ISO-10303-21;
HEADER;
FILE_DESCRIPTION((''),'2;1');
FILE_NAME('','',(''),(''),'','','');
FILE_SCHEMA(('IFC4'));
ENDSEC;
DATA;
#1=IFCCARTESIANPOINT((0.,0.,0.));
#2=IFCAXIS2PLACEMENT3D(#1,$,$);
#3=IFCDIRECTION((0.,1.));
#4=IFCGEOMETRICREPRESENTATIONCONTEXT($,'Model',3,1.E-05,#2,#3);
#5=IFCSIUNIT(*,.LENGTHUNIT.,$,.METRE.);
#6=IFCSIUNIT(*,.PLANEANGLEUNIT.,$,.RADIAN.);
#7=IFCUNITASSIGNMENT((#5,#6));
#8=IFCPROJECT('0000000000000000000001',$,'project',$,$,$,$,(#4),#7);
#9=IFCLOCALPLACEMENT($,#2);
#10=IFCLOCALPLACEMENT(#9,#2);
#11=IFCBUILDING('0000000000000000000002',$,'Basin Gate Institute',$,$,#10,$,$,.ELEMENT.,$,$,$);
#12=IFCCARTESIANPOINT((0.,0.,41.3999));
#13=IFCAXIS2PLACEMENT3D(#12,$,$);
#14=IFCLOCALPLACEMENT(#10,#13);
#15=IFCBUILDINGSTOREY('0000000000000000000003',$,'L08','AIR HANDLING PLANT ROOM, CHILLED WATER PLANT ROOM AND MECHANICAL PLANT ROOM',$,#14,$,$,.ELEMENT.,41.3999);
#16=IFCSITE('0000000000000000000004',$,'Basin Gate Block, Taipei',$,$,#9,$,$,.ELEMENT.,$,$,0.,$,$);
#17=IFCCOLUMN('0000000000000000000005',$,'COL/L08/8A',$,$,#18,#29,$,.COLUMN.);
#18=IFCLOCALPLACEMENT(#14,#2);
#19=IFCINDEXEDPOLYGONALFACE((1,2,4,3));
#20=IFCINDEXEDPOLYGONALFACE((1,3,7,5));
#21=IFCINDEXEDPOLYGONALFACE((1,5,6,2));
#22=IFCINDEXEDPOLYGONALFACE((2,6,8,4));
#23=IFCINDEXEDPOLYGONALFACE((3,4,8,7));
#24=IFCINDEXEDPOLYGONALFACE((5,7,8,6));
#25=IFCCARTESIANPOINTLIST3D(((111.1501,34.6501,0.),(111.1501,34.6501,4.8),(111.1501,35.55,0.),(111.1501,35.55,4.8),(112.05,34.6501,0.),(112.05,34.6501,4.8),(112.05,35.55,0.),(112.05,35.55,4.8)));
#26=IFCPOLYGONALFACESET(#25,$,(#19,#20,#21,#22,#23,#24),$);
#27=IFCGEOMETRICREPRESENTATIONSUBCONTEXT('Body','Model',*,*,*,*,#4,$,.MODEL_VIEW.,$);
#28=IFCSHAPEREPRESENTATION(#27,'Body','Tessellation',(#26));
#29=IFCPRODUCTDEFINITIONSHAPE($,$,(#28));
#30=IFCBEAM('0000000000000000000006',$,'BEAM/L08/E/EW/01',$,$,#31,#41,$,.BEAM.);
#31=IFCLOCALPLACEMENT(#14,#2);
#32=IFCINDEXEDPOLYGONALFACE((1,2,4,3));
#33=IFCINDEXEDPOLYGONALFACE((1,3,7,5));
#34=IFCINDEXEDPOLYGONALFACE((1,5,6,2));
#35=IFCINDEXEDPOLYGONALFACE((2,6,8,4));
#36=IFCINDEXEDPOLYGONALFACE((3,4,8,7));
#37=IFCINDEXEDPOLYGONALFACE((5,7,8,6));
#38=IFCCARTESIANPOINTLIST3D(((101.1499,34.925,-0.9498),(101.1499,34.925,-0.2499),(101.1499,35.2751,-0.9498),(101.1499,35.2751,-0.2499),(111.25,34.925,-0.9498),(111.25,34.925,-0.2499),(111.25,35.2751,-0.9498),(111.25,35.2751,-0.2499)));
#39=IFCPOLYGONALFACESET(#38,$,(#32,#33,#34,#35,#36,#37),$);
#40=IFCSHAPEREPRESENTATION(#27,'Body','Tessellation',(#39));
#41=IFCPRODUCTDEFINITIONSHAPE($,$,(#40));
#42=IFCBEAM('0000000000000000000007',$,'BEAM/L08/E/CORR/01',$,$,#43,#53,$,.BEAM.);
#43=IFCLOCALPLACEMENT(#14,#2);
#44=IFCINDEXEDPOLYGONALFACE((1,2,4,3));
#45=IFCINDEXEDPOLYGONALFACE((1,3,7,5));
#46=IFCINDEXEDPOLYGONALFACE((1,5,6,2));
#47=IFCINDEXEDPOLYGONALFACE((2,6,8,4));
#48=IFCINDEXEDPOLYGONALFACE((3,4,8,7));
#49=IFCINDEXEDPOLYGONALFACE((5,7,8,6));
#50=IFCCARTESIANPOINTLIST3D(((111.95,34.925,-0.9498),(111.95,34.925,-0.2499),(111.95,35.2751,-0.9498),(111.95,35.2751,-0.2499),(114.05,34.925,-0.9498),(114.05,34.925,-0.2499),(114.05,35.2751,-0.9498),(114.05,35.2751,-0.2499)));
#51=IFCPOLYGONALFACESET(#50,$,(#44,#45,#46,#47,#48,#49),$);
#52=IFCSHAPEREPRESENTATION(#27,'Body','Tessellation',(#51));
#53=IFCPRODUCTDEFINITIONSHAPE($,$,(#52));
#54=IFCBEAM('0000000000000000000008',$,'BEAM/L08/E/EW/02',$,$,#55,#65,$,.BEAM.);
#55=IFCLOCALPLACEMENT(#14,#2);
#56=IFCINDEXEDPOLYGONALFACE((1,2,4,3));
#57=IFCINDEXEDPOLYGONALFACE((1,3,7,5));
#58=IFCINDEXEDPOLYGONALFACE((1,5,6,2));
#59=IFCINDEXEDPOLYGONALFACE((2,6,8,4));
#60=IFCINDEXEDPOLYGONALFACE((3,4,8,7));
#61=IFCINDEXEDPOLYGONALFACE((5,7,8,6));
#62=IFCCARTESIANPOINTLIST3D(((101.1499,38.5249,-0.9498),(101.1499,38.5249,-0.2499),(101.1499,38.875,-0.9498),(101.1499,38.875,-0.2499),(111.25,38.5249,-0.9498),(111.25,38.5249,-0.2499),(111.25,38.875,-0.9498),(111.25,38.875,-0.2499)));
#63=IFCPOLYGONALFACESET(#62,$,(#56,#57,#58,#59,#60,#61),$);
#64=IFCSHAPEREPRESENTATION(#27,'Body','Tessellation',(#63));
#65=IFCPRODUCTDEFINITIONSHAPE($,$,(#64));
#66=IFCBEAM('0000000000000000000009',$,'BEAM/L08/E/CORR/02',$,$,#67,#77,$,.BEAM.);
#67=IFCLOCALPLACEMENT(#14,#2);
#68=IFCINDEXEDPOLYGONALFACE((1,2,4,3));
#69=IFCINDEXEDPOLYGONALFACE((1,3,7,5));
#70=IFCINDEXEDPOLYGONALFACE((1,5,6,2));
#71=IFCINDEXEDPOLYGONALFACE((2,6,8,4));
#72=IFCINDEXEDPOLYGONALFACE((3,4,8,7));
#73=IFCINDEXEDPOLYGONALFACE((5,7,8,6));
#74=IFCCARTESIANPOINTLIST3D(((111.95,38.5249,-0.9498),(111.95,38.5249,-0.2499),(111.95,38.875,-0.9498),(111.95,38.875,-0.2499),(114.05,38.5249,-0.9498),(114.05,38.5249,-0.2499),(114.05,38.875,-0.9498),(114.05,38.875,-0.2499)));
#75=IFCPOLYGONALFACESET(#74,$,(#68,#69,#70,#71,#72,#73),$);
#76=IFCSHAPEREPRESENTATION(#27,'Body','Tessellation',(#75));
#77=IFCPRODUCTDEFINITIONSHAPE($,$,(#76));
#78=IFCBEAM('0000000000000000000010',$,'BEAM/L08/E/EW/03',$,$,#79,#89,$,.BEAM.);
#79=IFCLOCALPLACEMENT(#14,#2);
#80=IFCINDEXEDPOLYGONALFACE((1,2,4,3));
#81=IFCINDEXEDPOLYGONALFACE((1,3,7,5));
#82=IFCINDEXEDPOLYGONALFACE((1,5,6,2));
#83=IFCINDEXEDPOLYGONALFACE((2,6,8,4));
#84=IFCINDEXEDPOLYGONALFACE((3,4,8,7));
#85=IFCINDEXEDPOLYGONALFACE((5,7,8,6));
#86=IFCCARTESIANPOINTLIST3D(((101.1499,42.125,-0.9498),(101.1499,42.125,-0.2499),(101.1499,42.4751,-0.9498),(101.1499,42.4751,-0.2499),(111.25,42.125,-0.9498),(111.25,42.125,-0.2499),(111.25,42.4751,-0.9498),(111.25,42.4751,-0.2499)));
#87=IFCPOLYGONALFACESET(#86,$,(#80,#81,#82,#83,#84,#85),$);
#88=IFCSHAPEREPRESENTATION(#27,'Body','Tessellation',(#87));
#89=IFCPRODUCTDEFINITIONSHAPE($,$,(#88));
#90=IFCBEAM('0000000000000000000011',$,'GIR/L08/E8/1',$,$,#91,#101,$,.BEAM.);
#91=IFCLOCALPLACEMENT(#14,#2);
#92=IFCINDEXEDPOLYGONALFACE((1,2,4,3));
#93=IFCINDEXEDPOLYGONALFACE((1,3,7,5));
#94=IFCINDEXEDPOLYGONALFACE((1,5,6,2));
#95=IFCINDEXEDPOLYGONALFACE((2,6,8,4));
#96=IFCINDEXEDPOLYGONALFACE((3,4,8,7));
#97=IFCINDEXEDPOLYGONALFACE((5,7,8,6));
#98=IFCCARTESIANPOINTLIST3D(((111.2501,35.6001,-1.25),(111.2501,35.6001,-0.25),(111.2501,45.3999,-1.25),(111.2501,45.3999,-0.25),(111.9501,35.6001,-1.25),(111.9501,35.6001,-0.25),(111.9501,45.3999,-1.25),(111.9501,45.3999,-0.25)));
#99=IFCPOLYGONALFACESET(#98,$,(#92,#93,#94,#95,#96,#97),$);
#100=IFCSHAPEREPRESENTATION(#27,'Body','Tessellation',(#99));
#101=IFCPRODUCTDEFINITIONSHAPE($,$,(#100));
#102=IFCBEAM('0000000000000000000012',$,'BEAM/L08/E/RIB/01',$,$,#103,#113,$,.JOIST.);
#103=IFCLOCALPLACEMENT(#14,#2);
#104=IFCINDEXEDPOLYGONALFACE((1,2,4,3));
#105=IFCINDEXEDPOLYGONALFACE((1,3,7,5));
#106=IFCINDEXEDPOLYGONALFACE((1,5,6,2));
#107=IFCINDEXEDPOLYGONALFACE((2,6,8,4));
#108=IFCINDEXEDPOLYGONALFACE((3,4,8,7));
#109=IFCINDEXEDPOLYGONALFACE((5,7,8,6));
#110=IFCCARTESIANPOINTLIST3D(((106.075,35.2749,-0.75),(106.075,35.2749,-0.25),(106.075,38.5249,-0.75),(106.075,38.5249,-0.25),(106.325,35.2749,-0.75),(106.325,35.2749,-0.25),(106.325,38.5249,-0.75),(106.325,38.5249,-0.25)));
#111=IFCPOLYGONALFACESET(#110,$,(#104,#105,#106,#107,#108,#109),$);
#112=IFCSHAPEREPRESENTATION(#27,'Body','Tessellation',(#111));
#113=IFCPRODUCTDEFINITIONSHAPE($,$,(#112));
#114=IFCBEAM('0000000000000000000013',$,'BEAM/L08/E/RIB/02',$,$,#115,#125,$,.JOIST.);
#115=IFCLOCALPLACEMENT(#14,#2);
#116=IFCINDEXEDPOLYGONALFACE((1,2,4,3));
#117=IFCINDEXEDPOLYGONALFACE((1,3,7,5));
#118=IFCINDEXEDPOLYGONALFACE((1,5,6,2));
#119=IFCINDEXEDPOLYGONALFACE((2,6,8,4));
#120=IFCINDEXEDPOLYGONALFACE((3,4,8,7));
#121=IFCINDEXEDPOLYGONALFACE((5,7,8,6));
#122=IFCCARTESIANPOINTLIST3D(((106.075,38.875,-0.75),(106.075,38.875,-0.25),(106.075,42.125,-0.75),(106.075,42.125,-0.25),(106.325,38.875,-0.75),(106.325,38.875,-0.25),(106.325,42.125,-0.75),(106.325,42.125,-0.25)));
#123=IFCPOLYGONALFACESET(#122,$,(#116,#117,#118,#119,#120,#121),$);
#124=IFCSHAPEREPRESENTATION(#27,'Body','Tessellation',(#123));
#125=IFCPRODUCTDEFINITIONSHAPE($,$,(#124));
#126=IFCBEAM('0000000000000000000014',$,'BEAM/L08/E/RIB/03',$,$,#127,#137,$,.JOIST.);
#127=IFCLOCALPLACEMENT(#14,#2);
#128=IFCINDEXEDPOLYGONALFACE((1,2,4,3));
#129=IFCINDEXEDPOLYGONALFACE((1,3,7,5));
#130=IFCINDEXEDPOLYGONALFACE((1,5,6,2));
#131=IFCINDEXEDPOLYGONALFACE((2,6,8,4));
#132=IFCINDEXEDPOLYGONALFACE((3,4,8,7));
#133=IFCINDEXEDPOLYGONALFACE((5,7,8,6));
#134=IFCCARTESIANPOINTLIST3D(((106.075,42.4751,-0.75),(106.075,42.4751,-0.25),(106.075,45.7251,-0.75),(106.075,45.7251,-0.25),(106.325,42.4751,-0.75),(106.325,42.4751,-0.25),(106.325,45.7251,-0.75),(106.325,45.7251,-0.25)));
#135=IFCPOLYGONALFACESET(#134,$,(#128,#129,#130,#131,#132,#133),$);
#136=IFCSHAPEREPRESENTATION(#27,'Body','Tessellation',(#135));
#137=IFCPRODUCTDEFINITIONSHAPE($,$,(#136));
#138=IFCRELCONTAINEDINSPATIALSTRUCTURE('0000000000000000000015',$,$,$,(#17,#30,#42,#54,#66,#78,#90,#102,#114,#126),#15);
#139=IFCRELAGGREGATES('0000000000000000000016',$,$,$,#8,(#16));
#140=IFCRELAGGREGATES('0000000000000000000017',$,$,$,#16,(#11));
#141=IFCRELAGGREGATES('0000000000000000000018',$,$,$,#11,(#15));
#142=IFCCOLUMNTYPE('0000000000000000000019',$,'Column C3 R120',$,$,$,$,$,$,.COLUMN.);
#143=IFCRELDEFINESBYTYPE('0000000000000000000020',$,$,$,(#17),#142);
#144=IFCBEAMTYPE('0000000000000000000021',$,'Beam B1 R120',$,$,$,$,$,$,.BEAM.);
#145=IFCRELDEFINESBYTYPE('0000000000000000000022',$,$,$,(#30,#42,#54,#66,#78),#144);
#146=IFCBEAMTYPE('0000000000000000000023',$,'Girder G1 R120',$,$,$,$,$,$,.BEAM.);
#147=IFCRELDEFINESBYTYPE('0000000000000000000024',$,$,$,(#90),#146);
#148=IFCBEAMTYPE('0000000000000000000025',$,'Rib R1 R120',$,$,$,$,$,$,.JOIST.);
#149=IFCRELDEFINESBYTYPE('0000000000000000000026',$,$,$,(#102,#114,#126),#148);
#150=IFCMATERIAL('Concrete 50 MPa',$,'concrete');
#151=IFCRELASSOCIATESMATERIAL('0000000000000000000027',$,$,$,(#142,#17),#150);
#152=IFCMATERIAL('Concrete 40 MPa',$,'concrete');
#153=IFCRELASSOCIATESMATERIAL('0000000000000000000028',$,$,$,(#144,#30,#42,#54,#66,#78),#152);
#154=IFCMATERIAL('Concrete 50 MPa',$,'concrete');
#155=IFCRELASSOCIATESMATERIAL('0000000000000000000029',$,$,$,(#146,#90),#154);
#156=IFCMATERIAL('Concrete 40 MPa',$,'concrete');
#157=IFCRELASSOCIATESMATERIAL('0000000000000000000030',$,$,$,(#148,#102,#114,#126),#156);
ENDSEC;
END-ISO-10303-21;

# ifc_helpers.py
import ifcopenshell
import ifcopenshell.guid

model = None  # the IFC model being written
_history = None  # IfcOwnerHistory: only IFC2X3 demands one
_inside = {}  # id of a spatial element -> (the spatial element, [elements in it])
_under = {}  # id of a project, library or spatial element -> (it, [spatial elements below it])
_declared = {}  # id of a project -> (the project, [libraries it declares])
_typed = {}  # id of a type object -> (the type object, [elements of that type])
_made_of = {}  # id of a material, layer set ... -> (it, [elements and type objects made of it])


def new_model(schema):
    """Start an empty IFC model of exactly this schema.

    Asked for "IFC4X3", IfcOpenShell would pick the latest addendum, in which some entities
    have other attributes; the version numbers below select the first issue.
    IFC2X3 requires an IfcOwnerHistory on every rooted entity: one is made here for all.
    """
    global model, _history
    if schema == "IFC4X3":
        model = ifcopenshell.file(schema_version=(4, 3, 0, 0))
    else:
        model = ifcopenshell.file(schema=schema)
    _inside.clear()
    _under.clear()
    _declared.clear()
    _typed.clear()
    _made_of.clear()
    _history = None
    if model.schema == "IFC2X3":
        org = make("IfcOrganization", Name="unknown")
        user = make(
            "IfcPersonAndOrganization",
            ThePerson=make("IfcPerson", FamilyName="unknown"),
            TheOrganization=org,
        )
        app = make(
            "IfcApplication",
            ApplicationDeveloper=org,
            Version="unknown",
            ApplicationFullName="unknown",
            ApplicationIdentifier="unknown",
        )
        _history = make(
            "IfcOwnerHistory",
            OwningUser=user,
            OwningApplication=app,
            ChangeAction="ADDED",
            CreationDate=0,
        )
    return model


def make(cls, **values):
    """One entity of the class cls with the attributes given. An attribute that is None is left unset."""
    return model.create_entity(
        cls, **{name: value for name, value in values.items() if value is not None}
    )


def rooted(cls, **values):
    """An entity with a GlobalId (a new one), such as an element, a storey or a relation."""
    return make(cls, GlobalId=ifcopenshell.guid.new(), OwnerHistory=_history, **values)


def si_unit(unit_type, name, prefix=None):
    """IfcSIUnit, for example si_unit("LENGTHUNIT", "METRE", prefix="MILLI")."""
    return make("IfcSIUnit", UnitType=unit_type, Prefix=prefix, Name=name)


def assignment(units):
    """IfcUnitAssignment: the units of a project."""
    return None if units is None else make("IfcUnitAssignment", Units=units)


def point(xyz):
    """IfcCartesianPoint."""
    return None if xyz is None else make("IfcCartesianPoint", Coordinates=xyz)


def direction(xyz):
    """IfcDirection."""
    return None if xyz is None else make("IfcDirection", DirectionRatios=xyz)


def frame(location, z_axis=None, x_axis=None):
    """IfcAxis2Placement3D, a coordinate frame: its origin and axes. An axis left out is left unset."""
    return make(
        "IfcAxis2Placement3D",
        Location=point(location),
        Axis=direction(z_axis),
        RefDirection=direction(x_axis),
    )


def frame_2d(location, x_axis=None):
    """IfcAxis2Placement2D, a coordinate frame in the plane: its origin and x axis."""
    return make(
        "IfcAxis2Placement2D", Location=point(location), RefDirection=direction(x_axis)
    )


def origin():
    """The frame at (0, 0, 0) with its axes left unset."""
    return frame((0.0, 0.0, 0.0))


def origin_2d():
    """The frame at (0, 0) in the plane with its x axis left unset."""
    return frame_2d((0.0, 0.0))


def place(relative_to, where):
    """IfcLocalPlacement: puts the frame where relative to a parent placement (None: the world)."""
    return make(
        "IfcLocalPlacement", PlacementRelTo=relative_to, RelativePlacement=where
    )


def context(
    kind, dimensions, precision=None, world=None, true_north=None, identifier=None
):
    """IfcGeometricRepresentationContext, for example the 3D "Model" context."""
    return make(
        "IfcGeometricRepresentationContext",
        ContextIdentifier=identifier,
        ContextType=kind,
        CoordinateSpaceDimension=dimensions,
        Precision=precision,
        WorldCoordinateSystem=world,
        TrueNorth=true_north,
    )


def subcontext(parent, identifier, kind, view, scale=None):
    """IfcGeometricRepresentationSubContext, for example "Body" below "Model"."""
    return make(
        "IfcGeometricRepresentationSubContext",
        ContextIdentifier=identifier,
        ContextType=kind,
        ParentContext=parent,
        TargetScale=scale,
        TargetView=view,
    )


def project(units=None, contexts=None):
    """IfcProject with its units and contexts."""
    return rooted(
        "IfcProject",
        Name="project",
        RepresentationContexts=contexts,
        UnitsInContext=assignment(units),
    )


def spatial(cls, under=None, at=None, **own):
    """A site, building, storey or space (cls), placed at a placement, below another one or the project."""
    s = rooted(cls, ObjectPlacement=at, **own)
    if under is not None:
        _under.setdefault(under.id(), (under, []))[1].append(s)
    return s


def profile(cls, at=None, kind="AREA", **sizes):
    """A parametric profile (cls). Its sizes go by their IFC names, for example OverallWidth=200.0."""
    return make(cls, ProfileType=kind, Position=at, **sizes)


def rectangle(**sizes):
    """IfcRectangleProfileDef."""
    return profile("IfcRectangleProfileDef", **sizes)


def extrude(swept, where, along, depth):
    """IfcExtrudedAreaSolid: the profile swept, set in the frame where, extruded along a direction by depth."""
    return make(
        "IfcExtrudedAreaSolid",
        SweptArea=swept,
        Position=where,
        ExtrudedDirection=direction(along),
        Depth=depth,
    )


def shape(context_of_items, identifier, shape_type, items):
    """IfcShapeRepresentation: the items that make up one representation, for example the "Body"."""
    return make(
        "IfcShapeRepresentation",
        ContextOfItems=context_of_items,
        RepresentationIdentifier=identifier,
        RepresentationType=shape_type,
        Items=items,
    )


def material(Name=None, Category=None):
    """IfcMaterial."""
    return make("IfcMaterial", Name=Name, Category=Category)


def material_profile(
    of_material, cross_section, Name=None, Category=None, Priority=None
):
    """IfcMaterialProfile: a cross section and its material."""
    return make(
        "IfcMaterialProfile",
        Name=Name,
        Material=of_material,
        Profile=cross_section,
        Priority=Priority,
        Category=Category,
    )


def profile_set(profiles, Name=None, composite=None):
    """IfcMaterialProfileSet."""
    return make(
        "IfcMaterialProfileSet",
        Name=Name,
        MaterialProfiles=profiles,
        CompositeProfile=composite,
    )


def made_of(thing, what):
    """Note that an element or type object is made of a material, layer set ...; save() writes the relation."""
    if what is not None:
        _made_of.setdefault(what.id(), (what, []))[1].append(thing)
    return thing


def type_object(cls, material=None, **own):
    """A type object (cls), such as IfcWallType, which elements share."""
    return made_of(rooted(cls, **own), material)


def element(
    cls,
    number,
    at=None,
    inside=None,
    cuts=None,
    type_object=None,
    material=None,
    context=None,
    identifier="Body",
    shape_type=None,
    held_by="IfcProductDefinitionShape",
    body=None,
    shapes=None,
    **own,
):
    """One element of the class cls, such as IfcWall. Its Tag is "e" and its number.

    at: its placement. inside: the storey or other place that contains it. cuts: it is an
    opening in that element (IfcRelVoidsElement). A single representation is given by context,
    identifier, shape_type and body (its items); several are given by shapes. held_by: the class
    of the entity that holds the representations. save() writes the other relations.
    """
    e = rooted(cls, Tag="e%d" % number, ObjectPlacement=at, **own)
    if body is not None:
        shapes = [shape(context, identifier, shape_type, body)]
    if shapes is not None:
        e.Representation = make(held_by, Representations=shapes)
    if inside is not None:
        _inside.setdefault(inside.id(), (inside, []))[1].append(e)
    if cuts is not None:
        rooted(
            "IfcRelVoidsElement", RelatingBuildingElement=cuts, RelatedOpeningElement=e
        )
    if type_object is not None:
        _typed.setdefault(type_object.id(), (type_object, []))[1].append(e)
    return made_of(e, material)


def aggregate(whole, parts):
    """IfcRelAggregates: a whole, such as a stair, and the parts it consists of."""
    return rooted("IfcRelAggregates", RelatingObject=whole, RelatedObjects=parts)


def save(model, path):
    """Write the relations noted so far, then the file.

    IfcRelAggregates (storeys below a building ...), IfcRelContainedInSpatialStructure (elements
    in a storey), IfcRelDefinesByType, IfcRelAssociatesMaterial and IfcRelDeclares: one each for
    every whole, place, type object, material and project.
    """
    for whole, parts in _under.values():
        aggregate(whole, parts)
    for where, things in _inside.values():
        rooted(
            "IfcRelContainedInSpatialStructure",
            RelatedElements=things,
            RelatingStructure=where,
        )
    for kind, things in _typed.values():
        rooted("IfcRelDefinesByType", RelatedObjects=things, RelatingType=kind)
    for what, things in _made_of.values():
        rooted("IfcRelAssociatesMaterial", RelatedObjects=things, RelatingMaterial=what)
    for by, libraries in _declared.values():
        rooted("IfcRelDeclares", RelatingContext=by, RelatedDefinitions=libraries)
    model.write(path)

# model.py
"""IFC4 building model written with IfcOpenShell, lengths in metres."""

from ifc_helpers import new_model, si_unit, direction, frame, origin, origin_2d, place, context, subcontext, project, spatial, rectangle, extrude, material, material_profile, profile_set, type_object, element, save


model = new_model("IFC4")

# Units and contexts
model_context = context("Model", 3, precision=1e-05, world=origin(), true_north=direction((0.0, 1.0)))
body_context = subcontext(model_context, "Body", "Model", "MODEL_VIEW")
ifc_project = project(units=[si_unit("LENGTHUNIT", "METRE"), si_unit("PLANEANGLEUNIT", "RADIAN")], contexts=[model_context])

# Site, building, storey
site_placement = place(None, origin())
site = spatial("IfcSite", under=ifc_project, at=site_placement, Name="Basin Gate Block, Taipei", CompositionType="ELEMENT", RefElevation=0.0)
building_placement = place(site_placement, origin())
building = spatial("IfcBuilding", under=site, at=building_placement, Name="Basin Gate Institute", CompositionType="ELEMENT")
storey_placement = place(building_placement, frame((0.0, 0.0, 41.3999)))
storey = spatial("IfcBuildingStorey", under=building, at=storey_placement, Name="L08", Description="AIR HANDLING PLANT ROOM, CHILLED WATER PLANT ROOM AND MECHANICAL PLANT ROOM", CompositionType="ELEMENT", Elevation=41.3999)

# Column
ifc_material_1 = material(Name="Concrete 50 MPa", Category="concrete")
ifc_material_profile_1 = material_profile(ifc_material_1, rectangle(XDim=0.8999, YDim=0.8999, at=origin_2d()), Name="Column C3 900 x 900")
ifc_profile_set_1 = profile_set([ifc_material_profile_1], Name="Concrete 50 MPa")
column_type = type_object("IfcColumnType", Name="Column C3 R120", PredefinedType="COLUMN", material=ifc_profile_set_1)
column_placement = place(storey_placement, frame((111.6001, 35.1001, 0.0), z_axis=(0.0, 0.0, 1.0), x_axis=(1.0, 0.0, 0.0)))
element("IfcColumn", 1, at=column_placement, inside=storey, type_object=column_type, material=ifc_profile_set_1, Name="COL/L08/8A", PredefinedType="COLUMN", context=body_context, shape_type="SweptSolid", body=[
    extrude(rectangle(XDim=0.8999, YDim=0.8999, at=origin_2d()), origin(), (0.0, 0.0, 1.0), 4.8),
])

# Beams
ifc_material_2 = material(Name="Concrete 40 MPa", Category="concrete")
ifc_material_profile_2 = material_profile(ifc_material_2, rectangle(XDim=0.3501, YDim=0.7, at=origin_2d()), Name="Beam B1 350 x 700")
ifc_profile_set_2 = profile_set([ifc_material_profile_2], Name="Concrete 40 MPa")
beam_type_1 = type_object("IfcBeamType", Name="Beam B1 R120", PredefinedType="BEAM", material=ifc_profile_set_2)
beam_1_placement = place(storey_placement, frame((111.25, 35.1001, -0.5999), z_axis=(-1.0, 0.0, 0.0), x_axis=(0.0, -1.0, 0.0)))
element("IfcBeam", 2, at=beam_1_placement, inside=storey, type_object=beam_type_1, material=ifc_profile_set_2, Name="BEAM/L08/E/EW/01", PredefinedType="BEAM", context=body_context, shape_type="SweptSolid", body=[
    extrude(rectangle(XDim=0.3501, YDim=0.7, at=origin_2d()), origin(), (0.0, 0.0, 1.0), 10.1001),
])
beam_2_placement = place(storey_placement, frame((114.05, 35.1001, -0.5999), z_axis=(-1.0, 0.0, 0.0), x_axis=(0.0, -1.0, 0.0)))
element("IfcBeam", 3, at=beam_2_placement, inside=storey, type_object=beam_type_1, material=ifc_profile_set_2, Name="BEAM/L08/E/CORR/01", PredefinedType="BEAM", context=body_context, shape_type="SweptSolid", body=[
    extrude(rectangle(XDim=0.3501, YDim=0.7, at=origin_2d()), origin(), (0.0, 0.0, 1.0), 2.1001),
])
beam_3_placement = place(storey_placement, frame((111.25, 38.7, -0.5999), z_axis=(-1.0, 0.0, 0.0), x_axis=(0.0, -1.0, 0.0)))
element("IfcBeam", 4, at=beam_3_placement, inside=storey, type_object=beam_type_1, material=ifc_profile_set_2, Name="BEAM/L08/E/EW/02", PredefinedType="BEAM", context=body_context, shape_type="SweptSolid", body=[
    extrude(rectangle(XDim=0.3501, YDim=0.7, at=origin_2d()), origin(), (0.0, 0.0, 1.0), 10.1001),
])
beam_4_placement = place(storey_placement, frame((114.05, 38.7, -0.5999), z_axis=(-1.0, 0.0, 0.0), x_axis=(0.0, -1.0, 0.0)))
element("IfcBeam", 5, at=beam_4_placement, inside=storey, type_object=beam_type_1, material=ifc_profile_set_2, Name="BEAM/L08/E/CORR/02", PredefinedType="BEAM", context=body_context, shape_type="SweptSolid", body=[
    extrude(rectangle(XDim=0.3501, YDim=0.7, at=origin_2d()), origin(), (0.0, 0.0, 1.0), 2.1001),
])
beam_5_placement = place(storey_placement, frame((111.25, 42.3, -0.5999), z_axis=(-1.0, 0.0, 0.0), x_axis=(0.0, -1.0, 0.0)))
element("IfcBeam", 6, at=beam_5_placement, inside=storey, type_object=beam_type_1, material=ifc_profile_set_2, Name="BEAM/L08/E/EW/03", PredefinedType="BEAM", context=body_context, shape_type="SweptSolid", body=[
    extrude(rectangle(XDim=0.3501, YDim=0.7, at=origin_2d()), origin(), (0.0, 0.0, 1.0), 10.1001),
])
ifc_material_3 = material(Name="Concrete 50 MPa", Category="concrete")
ifc_material_profile_3 = material_profile(ifc_material_3, rectangle(XDim=0.7, YDim=1.0, at=origin_2d()), Name="Girder G1 700 x 1000")
ifc_profile_set_3 = profile_set([ifc_material_profile_3], Name="Concrete 50 MPa")
beam_type_2 = type_object("IfcBeamType", Name="Girder G1 R120", PredefinedType="BEAM", material=ifc_profile_set_3)
beam_6_placement = place(storey_placement, frame((111.6001, 35.6001, -0.75), z_axis=(0.0, 1.0, 0.0), x_axis=(-1.0, 0.0, 0.0)))
element("IfcBeam", 7, at=beam_6_placement, inside=storey, type_object=beam_type_2, material=ifc_profile_set_3, Name="GIR/L08/E8/1", PredefinedType="BEAM", context=body_context, shape_type="SweptSolid", body=[
    extrude(rectangle(XDim=0.7, YDim=1.0, at=origin_2d()), origin(), (0.0, 0.0, 1.0), 9.7998),
])
ifc_material_4 = material(Name="Concrete 40 MPa", Category="concrete")
ifc_material_profile_4 = material_profile(ifc_material_4, rectangle(XDim=0.25, YDim=0.5, at=origin_2d()), Name="Rib R1 250 x 500")
ifc_profile_set_4 = profile_set([ifc_material_profile_4], Name="Concrete 40 MPa")
beam_type_3 = type_object("IfcBeamType", Name="Rib R1 R120", PredefinedType="JOIST", material=ifc_profile_set_4)
for number, where, z_axis, x_axis, name in (
    (8, (106.2, 35.2749, -0.5), (0.0, 1.0, 0.0), (-1.0, 0.0, 0.0), "BEAM/L08/E/RIB/01"),
    (9, (106.2, 38.875, -0.5), (0.0, 1.0, 0.0), (-1.0, 0.0, 0.0), "BEAM/L08/E/RIB/02"),
    (10, (106.2, 42.4751, -0.5), (0.0, 1.0, 0.0), (-1.0, 0.0, 0.0), "BEAM/L08/E/RIB/03"),
):
    element("IfcBeam", number, at=place(storey_placement, frame(where, z_axis=z_axis, x_axis=x_axis)), inside=storey, type_object=beam_type_3, material=ifc_profile_set_4, Name=name, PredefinedType="JOIST", context=body_context, shape_type="SweptSolid", body=[
        extrude(rectangle(XDim=0.25, YDim=0.5, at=origin_2d()), origin(), (0.0, 0.0, 1.0), 3.25),
    ])

save(model, "model.ifc")
